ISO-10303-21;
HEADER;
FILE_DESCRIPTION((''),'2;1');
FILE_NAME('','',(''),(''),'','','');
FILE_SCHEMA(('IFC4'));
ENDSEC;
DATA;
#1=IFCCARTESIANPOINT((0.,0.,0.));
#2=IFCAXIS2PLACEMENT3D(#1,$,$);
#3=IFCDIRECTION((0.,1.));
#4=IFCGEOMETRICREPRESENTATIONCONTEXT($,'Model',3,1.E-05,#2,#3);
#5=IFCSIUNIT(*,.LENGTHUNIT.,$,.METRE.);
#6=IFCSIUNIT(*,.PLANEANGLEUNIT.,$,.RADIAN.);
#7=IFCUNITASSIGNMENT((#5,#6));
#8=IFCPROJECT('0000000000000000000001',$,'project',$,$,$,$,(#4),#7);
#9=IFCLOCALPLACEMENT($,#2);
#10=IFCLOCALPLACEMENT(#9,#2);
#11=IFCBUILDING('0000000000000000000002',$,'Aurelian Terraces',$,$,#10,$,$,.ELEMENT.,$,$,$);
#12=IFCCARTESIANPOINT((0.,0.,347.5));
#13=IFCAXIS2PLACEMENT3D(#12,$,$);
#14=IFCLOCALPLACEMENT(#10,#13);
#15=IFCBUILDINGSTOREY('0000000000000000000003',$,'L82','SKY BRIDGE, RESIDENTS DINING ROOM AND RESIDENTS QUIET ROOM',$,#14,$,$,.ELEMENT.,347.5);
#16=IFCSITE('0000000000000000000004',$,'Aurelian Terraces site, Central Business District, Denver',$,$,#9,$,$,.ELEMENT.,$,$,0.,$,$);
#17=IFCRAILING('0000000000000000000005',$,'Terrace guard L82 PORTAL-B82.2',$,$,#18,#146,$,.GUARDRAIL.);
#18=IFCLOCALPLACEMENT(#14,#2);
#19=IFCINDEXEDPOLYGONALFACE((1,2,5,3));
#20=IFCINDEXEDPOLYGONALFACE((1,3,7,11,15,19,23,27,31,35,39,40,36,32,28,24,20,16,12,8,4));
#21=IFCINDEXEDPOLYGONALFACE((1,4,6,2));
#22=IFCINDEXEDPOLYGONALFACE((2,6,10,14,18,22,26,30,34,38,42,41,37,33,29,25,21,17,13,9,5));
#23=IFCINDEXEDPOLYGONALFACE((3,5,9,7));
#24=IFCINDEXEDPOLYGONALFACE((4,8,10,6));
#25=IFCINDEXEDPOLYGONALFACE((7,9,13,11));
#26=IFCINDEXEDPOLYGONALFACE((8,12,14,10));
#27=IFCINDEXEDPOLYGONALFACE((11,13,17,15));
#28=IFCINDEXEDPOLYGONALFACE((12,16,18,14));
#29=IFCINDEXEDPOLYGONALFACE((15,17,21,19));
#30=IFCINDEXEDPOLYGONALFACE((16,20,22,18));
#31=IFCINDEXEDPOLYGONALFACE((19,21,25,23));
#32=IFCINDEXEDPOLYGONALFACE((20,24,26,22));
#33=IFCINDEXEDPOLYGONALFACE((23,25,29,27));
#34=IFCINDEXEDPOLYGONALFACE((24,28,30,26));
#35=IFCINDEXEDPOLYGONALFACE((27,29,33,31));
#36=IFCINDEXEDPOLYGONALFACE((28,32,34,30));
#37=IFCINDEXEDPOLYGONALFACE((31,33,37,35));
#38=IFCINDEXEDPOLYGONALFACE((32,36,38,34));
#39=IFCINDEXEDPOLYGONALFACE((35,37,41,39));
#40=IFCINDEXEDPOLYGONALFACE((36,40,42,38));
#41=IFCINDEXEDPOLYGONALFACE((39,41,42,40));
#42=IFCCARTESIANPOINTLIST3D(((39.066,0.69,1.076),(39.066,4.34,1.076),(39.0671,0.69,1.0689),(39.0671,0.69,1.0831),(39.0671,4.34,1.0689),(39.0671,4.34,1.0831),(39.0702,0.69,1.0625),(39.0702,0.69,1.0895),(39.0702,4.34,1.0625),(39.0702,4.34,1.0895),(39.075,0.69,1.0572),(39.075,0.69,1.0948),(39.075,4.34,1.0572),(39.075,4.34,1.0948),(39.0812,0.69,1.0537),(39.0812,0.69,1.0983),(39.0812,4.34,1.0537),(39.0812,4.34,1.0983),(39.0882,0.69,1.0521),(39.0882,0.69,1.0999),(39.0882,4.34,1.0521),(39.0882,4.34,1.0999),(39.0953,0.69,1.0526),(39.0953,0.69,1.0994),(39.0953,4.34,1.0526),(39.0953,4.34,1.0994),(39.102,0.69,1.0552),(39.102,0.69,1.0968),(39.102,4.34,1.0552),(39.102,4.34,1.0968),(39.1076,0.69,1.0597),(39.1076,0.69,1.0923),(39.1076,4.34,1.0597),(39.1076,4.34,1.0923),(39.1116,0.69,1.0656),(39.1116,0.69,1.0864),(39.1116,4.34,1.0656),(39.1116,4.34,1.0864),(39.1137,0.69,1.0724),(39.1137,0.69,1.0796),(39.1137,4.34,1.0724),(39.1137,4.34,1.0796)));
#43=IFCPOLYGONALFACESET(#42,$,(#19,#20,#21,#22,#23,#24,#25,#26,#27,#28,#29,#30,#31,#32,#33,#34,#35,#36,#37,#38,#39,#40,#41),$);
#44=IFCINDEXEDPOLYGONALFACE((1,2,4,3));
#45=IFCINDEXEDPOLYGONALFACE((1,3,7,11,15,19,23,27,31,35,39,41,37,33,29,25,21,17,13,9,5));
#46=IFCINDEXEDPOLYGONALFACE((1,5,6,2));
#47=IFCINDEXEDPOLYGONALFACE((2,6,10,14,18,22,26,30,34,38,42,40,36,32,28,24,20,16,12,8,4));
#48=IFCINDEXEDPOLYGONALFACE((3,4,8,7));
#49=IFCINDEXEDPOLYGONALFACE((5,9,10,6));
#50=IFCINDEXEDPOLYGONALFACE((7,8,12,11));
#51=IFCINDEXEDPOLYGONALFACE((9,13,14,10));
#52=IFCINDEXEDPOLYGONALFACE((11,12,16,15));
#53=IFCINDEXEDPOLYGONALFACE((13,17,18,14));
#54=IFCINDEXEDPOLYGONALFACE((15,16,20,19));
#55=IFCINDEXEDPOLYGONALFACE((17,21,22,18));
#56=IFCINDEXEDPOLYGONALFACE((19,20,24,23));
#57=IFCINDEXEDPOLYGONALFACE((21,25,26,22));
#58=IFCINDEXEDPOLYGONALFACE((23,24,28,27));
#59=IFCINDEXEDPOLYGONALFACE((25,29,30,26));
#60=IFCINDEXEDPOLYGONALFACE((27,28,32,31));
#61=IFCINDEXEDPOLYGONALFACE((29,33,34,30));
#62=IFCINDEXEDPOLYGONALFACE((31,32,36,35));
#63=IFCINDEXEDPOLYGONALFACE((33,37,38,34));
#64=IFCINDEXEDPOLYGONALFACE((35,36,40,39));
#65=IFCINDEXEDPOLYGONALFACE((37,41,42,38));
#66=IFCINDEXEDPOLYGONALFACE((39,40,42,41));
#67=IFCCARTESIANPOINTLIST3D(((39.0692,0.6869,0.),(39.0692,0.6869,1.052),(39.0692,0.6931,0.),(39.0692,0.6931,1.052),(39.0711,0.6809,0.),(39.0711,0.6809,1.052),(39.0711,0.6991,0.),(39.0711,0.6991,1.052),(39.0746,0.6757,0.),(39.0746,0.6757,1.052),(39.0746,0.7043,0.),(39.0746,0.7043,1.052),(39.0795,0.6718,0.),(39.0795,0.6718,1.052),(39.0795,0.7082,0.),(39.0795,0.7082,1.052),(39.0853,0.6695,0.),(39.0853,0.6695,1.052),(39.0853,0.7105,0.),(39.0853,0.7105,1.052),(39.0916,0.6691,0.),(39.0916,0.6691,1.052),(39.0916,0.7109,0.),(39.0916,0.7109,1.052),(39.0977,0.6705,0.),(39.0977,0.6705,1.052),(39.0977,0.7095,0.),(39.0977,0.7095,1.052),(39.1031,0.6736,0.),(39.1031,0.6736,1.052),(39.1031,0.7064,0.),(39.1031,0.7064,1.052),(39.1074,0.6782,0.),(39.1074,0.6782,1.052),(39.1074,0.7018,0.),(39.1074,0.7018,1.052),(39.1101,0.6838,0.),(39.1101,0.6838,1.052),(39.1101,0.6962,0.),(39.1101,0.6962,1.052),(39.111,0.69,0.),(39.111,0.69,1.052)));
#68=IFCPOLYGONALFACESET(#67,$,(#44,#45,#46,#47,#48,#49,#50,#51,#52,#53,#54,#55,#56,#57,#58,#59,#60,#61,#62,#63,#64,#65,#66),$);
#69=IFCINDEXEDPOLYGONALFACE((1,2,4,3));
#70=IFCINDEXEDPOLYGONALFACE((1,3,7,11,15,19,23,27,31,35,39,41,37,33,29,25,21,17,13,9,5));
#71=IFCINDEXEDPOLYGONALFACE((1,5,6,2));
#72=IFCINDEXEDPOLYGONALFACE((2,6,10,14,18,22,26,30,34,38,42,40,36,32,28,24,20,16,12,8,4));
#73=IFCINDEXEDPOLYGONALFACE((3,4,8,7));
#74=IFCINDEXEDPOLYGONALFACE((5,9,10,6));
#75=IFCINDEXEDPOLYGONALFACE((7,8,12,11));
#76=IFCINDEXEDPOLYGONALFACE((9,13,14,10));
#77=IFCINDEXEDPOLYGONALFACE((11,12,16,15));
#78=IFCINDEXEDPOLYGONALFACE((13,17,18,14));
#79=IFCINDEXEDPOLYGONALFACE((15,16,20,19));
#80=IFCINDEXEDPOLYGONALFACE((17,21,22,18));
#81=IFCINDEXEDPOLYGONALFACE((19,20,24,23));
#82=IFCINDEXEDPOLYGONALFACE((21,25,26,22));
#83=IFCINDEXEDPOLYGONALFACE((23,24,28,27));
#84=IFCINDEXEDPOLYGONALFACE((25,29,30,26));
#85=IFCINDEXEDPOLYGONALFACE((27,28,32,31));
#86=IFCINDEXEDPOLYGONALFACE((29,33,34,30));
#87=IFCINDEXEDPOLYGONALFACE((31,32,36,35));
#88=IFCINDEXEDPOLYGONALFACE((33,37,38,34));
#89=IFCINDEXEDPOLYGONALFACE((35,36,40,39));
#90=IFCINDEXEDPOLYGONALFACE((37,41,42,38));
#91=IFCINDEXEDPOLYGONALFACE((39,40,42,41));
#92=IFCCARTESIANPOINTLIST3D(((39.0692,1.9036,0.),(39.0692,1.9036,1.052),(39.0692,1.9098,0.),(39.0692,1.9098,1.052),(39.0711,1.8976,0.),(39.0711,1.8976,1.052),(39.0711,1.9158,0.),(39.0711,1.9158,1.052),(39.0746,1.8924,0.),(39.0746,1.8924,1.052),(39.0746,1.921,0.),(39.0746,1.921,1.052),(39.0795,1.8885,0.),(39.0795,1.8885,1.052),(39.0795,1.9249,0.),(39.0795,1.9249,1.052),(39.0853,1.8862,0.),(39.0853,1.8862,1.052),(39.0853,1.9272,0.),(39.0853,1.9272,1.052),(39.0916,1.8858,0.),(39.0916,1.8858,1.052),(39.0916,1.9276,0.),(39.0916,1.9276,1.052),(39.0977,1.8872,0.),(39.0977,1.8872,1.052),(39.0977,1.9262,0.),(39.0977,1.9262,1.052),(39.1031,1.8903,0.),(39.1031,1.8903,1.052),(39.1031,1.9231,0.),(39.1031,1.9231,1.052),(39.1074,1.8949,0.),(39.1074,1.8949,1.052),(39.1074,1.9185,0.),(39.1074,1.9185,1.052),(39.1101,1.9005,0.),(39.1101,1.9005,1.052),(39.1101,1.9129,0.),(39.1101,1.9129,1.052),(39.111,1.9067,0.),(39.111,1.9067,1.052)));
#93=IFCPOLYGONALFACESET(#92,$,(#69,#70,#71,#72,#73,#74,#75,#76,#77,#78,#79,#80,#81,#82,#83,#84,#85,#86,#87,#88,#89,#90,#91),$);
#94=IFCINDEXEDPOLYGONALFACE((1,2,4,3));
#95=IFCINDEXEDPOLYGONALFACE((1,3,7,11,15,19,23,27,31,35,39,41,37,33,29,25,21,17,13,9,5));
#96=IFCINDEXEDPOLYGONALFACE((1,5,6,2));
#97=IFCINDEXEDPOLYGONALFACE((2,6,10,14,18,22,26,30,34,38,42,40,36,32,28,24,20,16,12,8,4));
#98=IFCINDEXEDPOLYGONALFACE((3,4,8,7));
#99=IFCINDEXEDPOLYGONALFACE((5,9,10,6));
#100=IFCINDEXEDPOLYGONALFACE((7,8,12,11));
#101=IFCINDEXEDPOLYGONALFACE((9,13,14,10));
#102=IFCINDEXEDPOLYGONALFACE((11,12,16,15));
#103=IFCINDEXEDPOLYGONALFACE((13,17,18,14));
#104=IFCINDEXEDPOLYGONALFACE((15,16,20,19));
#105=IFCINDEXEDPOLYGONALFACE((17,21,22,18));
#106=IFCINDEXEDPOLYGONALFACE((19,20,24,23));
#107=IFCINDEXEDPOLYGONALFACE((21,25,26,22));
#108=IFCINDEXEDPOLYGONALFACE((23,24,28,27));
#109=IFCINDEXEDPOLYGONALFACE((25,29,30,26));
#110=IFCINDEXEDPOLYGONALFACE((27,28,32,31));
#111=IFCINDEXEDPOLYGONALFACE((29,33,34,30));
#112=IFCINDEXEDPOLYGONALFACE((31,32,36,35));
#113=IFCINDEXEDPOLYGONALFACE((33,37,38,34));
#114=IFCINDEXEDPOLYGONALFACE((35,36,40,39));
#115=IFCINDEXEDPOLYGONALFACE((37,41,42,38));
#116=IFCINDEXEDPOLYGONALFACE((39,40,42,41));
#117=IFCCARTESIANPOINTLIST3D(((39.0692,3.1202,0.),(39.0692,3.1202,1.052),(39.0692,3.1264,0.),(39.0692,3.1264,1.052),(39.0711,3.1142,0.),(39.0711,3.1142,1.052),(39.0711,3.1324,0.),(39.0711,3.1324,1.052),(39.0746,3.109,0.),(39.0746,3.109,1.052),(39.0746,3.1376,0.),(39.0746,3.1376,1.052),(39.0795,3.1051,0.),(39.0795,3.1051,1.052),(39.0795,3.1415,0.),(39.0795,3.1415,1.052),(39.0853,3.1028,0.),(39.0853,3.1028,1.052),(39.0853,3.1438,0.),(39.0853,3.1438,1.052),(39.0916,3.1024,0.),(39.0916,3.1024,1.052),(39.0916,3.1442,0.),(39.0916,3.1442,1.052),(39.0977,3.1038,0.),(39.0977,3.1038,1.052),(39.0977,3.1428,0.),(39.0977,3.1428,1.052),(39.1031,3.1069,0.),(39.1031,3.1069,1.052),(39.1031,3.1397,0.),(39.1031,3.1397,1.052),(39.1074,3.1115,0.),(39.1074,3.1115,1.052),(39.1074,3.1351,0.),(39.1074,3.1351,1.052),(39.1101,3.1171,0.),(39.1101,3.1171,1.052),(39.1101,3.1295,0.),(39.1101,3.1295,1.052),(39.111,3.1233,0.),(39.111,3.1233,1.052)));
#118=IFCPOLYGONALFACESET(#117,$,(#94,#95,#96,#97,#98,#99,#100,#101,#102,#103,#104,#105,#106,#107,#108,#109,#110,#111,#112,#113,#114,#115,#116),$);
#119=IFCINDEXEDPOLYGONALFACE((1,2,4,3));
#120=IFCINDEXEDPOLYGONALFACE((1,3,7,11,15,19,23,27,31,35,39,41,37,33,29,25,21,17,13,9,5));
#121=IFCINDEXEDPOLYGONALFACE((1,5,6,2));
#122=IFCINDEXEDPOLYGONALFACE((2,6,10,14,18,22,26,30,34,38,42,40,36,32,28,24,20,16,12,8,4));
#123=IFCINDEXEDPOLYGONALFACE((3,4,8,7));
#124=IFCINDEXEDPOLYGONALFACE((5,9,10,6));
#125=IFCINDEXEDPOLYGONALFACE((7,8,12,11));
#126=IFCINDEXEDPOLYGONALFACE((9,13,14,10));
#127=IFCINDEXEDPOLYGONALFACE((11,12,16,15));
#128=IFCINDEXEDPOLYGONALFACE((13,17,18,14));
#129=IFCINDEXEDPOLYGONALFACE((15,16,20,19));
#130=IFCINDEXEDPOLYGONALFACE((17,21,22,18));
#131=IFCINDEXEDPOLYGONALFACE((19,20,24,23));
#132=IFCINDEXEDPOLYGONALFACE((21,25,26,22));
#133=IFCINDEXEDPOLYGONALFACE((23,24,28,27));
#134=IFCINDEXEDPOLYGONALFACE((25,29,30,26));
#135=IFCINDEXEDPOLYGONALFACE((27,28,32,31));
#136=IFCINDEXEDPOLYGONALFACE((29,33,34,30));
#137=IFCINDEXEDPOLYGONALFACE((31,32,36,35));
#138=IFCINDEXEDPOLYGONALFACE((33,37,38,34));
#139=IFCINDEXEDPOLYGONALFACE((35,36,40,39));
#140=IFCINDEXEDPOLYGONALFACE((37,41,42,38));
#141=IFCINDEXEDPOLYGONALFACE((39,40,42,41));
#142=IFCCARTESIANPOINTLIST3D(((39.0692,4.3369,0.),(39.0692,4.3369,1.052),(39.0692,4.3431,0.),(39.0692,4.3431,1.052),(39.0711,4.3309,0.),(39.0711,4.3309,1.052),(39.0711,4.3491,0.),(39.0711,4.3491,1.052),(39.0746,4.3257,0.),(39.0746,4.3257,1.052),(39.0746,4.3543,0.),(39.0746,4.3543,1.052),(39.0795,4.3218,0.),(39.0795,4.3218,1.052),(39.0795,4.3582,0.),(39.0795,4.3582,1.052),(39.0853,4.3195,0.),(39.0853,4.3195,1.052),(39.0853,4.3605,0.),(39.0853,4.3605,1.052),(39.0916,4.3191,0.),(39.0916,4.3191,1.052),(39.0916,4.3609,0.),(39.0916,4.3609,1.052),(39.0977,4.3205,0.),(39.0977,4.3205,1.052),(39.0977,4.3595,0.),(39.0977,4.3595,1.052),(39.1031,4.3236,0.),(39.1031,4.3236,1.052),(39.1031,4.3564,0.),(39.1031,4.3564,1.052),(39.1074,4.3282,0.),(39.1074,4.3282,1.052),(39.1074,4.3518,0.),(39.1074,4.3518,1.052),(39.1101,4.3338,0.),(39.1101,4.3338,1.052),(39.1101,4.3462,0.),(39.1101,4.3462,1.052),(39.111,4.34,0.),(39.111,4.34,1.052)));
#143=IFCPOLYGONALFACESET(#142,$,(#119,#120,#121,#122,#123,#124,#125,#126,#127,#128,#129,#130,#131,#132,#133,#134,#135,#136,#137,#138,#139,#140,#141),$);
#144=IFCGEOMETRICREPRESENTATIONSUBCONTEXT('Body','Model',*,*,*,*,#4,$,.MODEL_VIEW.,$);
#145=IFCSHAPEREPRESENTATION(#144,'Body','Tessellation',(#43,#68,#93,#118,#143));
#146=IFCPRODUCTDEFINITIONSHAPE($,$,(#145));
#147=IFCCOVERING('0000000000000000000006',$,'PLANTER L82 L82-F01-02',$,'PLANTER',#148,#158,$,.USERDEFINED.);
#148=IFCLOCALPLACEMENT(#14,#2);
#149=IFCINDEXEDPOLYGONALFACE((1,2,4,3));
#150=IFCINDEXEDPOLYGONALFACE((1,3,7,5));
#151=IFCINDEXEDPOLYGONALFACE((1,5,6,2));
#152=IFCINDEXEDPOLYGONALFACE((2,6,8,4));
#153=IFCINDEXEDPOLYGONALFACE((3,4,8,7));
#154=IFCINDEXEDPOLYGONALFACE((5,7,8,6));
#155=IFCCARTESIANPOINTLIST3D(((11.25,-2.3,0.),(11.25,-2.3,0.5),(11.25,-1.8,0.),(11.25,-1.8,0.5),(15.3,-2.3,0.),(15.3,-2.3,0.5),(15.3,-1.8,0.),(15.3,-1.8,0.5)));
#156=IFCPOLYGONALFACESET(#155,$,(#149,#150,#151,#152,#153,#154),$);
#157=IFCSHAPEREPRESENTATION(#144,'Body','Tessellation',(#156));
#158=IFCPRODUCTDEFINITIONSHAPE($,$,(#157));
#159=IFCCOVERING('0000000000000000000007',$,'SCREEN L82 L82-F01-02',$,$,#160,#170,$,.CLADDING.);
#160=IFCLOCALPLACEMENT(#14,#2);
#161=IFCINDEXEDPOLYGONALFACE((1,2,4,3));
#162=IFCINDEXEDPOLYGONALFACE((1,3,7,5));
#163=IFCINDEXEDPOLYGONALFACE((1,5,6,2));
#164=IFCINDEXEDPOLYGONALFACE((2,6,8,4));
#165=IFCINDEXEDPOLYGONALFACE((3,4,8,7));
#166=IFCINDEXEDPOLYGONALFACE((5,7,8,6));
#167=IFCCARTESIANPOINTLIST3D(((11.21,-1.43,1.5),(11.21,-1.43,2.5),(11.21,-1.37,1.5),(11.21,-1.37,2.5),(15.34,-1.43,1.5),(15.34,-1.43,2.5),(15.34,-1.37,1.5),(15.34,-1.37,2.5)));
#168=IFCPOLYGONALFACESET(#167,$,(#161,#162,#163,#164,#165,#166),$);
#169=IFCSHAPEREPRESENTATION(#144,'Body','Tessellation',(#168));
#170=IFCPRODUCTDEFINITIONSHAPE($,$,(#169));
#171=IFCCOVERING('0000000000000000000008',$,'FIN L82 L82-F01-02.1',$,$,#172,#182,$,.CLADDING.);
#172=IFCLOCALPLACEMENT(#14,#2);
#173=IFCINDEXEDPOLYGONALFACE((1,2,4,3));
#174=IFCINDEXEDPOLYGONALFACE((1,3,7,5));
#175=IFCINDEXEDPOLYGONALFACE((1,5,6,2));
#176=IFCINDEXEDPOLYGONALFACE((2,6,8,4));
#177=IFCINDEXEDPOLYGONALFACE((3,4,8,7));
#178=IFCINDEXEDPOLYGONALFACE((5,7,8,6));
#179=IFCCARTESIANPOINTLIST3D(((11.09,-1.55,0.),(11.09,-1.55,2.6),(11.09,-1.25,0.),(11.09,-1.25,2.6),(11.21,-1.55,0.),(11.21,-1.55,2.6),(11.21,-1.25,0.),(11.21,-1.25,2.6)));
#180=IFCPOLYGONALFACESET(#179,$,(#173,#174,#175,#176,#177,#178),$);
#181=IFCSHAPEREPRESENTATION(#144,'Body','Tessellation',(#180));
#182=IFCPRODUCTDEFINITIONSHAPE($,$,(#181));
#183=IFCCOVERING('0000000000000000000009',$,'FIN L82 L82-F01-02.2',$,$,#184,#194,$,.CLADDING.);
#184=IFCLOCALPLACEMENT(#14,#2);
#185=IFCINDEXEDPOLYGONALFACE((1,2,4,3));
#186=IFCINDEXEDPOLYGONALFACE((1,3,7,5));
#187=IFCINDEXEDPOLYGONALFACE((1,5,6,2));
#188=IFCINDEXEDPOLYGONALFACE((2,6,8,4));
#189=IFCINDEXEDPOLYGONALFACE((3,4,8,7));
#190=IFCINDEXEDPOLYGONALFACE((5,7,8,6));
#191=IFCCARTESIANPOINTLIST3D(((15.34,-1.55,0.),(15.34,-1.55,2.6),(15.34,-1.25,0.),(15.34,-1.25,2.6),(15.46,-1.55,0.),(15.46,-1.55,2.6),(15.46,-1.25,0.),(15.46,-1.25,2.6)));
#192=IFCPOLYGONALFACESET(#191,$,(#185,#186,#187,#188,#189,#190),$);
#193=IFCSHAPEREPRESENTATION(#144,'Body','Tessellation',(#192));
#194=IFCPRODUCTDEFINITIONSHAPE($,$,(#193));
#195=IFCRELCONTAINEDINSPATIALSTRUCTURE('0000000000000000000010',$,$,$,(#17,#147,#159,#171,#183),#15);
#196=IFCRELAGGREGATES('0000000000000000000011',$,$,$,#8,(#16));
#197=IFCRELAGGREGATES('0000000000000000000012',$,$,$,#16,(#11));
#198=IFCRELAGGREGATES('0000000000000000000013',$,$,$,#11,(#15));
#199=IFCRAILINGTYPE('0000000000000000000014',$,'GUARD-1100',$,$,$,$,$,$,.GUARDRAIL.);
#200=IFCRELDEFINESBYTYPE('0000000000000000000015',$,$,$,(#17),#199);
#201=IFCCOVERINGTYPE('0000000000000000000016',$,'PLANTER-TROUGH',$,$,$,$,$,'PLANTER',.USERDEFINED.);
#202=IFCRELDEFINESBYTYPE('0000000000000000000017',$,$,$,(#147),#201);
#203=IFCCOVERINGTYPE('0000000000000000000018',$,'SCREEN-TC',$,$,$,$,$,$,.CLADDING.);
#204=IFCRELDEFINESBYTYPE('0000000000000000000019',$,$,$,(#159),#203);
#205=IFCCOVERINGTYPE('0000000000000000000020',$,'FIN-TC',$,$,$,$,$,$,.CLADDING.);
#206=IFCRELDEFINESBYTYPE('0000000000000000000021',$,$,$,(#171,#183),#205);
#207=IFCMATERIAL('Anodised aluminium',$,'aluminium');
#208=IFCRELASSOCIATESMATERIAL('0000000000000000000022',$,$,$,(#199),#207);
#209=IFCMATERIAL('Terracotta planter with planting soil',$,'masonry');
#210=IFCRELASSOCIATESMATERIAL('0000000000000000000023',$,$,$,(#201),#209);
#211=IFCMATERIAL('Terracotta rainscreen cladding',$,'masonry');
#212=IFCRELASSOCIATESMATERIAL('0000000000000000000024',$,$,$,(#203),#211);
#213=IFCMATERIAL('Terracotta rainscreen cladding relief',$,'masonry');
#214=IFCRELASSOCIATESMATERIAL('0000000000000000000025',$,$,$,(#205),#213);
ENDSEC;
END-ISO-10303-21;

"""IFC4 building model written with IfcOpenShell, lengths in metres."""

from ifc_helpers import new_model, si_unit, direction, frame, origin, origin_2d, place, context, subcontext, project, spatial, rectangle, circle, extrude, source, transform, mapped, material, type_object, element, save


model = new_model("IFC4")

# Units and contexts
model_context = context("Model", 3, precision=1e-05, world=origin(), true_north=direction((0.0, 1.0)))
body_context = subcontext(model_context, "Body", "Model", "MODEL_VIEW")
ifc_project = project(units=[si_unit("LENGTHUNIT", "METRE"), si_unit("PLANEANGLEUNIT", "RADIAN")], contexts=[model_context])

# Site, building, storey
site_placement = place(None, origin())
site = spatial("IfcSite", under=ifc_project, at=site_placement, Name="Aurelian Terraces site, Central Business District, Denver", CompositionType="ELEMENT", RefElevation=0.0)
building_placement = place(site_placement, origin())
building = spatial("IfcBuilding", under=site, at=building_placement, Name="Aurelian Terraces", CompositionType="ELEMENT")
storey_placement = place(building_placement, frame((0.0, 0.0, 347.5)))
storey = spatial("IfcBuildingStorey", under=building, at=storey_placement, Name="L82", Description="SKY BRIDGE, RESIDENTS DINING ROOM AND RESIDENTS QUIET ROOM", CompositionType="ELEMENT", Elevation=347.5)

# Shared definitions
ifc_material_1 = material(Name="Terracotta rainscreen cladding", Category="masonry")

# Railing
ifc_material_2 = material(Name="Anodised aluminium", Category="aluminium")
railing_type = type_object("IfcRailingType", Name="GUARD-1100", PredefinedType="GUARDRAIL", material=ifc_material_2)
railing_1_placement = place(storey_placement, frame((39.09, 0.69, 0.0)))
element("IfcRailing", 1, at=railing_1_placement, inside=storey, type_object=railing_type, Name="Terrace guard L82 PORTAL-B82.2", PredefinedType="GUARDRAIL", context=body_context, shape_type="SweptSolid", body=[
    extrude(circle(Radius=0.024, at=origin_2d()), frame((0.0, 0.0, 1.076), z_axis=(0.0, 1.0, 0.0), x_axis=(-1.0, 0.0, 0.0)), (0.0, 0.0, 1.0), 3.65),
    extrude(circle(Radius=0.021, at=origin_2d()), origin(), (0.0, 0.0, 1.0), 1.052),
    extrude(circle(Radius=0.021, at=origin_2d()), frame((0.0, 1.2167, 0.0)), (0.0, 0.0, 1.0), 1.052),
    extrude(circle(Radius=0.021, at=origin_2d()), frame((0.0, 2.4333, 0.0)), (0.0, 0.0, 1.0), 1.052),
    extrude(circle(Radius=0.021, at=origin_2d()), frame((0.0, 3.65, 0.0)), (0.0, 0.0, 1.0), 1.052),
])

# Coverings
ifc_material_3 = material(Name="Terracotta planter with planting soil", Category="masonry")
covering_type_1 = type_object("IfcCoveringType", Name="PLANTER-TROUGH", ElementType="PLANTER", PredefinedType="USERDEFINED", material=ifc_material_3)
covering_1_placement = place(storey_placement, frame((13.275, -2.05, 0.0), z_axis=(0.0, 0.0, 1.0), x_axis=(1.0, 0.0, 0.0)))
element("IfcCovering", 2, at=covering_1_placement, inside=storey, type_object=covering_type_1, Name="PLANTER L82 L82-F01-02", ObjectType="PLANTER", PredefinedType="USERDEFINED", context=body_context, shape_type="SweptSolid", body=[
    extrude(rectangle(XDim=4.05, YDim=0.5, at=origin_2d()), origin(), (0.0, 0.0, 1.0), 0.5),
])
covering_type_2 = type_object("IfcCoveringType", Name="SCREEN-TC", PredefinedType="CLADDING", material=ifc_material_1)
covering_2_placement = place(storey_placement, frame((13.275, -1.4, 1.5), z_axis=(0.0, 0.0, 1.0), x_axis=(1.0, 0.0, 0.0)))
element("IfcCovering", 3, at=covering_2_placement, inside=storey, type_object=covering_type_2, Name="SCREEN L82 L82-F01-02", PredefinedType="CLADDING", context=body_context, shape_type="SweptSolid", body=[
    extrude(rectangle(XDim=4.13, YDim=0.06, at=origin_2d()), origin(), (0.0, 0.0, 1.0), 1.0),
])
ifc_material_4 = material(Name="Terracotta rainscreen cladding relief", Category="masonry")
covering_type_3 = type_object("IfcCoveringType", Name="FIN-TC", PredefinedType="CLADDING", material=ifc_material_4)
shared_shape_1 = source(origin(), body_context, "Body", "SweptSolid", [
    extrude(rectangle(XDim=0.12, YDim=0.3, at=origin_2d()), origin(), (0.0, 0.0, 1.0), 2.6),
])
for number, where, z_axis, x_axis, name in (
    (4, (11.15, -1.4, 0.0), (0.0, 0.0, 1.0), (1.0, 0.0, 0.0), "FIN L82 L82-F01-02.1"),
    (5, (15.4, -1.4, 0.0), (0.0, 0.0, 1.0), (1.0, 0.0, 0.0), "FIN L82 L82-F01-02.2"),
):
    element("IfcCovering", number, at=place(storey_placement, frame(where, z_axis=z_axis, x_axis=x_axis)), inside=storey, type_object=covering_type_3, Name=name, PredefinedType="CLADDING", context=body_context, shape_type="MappedRepresentation", body=[
        mapped(shared_shape_1, transform((0.0, 0.0, 0.0), scale=1.0)),
    ])

save(model, "model.ifc")
